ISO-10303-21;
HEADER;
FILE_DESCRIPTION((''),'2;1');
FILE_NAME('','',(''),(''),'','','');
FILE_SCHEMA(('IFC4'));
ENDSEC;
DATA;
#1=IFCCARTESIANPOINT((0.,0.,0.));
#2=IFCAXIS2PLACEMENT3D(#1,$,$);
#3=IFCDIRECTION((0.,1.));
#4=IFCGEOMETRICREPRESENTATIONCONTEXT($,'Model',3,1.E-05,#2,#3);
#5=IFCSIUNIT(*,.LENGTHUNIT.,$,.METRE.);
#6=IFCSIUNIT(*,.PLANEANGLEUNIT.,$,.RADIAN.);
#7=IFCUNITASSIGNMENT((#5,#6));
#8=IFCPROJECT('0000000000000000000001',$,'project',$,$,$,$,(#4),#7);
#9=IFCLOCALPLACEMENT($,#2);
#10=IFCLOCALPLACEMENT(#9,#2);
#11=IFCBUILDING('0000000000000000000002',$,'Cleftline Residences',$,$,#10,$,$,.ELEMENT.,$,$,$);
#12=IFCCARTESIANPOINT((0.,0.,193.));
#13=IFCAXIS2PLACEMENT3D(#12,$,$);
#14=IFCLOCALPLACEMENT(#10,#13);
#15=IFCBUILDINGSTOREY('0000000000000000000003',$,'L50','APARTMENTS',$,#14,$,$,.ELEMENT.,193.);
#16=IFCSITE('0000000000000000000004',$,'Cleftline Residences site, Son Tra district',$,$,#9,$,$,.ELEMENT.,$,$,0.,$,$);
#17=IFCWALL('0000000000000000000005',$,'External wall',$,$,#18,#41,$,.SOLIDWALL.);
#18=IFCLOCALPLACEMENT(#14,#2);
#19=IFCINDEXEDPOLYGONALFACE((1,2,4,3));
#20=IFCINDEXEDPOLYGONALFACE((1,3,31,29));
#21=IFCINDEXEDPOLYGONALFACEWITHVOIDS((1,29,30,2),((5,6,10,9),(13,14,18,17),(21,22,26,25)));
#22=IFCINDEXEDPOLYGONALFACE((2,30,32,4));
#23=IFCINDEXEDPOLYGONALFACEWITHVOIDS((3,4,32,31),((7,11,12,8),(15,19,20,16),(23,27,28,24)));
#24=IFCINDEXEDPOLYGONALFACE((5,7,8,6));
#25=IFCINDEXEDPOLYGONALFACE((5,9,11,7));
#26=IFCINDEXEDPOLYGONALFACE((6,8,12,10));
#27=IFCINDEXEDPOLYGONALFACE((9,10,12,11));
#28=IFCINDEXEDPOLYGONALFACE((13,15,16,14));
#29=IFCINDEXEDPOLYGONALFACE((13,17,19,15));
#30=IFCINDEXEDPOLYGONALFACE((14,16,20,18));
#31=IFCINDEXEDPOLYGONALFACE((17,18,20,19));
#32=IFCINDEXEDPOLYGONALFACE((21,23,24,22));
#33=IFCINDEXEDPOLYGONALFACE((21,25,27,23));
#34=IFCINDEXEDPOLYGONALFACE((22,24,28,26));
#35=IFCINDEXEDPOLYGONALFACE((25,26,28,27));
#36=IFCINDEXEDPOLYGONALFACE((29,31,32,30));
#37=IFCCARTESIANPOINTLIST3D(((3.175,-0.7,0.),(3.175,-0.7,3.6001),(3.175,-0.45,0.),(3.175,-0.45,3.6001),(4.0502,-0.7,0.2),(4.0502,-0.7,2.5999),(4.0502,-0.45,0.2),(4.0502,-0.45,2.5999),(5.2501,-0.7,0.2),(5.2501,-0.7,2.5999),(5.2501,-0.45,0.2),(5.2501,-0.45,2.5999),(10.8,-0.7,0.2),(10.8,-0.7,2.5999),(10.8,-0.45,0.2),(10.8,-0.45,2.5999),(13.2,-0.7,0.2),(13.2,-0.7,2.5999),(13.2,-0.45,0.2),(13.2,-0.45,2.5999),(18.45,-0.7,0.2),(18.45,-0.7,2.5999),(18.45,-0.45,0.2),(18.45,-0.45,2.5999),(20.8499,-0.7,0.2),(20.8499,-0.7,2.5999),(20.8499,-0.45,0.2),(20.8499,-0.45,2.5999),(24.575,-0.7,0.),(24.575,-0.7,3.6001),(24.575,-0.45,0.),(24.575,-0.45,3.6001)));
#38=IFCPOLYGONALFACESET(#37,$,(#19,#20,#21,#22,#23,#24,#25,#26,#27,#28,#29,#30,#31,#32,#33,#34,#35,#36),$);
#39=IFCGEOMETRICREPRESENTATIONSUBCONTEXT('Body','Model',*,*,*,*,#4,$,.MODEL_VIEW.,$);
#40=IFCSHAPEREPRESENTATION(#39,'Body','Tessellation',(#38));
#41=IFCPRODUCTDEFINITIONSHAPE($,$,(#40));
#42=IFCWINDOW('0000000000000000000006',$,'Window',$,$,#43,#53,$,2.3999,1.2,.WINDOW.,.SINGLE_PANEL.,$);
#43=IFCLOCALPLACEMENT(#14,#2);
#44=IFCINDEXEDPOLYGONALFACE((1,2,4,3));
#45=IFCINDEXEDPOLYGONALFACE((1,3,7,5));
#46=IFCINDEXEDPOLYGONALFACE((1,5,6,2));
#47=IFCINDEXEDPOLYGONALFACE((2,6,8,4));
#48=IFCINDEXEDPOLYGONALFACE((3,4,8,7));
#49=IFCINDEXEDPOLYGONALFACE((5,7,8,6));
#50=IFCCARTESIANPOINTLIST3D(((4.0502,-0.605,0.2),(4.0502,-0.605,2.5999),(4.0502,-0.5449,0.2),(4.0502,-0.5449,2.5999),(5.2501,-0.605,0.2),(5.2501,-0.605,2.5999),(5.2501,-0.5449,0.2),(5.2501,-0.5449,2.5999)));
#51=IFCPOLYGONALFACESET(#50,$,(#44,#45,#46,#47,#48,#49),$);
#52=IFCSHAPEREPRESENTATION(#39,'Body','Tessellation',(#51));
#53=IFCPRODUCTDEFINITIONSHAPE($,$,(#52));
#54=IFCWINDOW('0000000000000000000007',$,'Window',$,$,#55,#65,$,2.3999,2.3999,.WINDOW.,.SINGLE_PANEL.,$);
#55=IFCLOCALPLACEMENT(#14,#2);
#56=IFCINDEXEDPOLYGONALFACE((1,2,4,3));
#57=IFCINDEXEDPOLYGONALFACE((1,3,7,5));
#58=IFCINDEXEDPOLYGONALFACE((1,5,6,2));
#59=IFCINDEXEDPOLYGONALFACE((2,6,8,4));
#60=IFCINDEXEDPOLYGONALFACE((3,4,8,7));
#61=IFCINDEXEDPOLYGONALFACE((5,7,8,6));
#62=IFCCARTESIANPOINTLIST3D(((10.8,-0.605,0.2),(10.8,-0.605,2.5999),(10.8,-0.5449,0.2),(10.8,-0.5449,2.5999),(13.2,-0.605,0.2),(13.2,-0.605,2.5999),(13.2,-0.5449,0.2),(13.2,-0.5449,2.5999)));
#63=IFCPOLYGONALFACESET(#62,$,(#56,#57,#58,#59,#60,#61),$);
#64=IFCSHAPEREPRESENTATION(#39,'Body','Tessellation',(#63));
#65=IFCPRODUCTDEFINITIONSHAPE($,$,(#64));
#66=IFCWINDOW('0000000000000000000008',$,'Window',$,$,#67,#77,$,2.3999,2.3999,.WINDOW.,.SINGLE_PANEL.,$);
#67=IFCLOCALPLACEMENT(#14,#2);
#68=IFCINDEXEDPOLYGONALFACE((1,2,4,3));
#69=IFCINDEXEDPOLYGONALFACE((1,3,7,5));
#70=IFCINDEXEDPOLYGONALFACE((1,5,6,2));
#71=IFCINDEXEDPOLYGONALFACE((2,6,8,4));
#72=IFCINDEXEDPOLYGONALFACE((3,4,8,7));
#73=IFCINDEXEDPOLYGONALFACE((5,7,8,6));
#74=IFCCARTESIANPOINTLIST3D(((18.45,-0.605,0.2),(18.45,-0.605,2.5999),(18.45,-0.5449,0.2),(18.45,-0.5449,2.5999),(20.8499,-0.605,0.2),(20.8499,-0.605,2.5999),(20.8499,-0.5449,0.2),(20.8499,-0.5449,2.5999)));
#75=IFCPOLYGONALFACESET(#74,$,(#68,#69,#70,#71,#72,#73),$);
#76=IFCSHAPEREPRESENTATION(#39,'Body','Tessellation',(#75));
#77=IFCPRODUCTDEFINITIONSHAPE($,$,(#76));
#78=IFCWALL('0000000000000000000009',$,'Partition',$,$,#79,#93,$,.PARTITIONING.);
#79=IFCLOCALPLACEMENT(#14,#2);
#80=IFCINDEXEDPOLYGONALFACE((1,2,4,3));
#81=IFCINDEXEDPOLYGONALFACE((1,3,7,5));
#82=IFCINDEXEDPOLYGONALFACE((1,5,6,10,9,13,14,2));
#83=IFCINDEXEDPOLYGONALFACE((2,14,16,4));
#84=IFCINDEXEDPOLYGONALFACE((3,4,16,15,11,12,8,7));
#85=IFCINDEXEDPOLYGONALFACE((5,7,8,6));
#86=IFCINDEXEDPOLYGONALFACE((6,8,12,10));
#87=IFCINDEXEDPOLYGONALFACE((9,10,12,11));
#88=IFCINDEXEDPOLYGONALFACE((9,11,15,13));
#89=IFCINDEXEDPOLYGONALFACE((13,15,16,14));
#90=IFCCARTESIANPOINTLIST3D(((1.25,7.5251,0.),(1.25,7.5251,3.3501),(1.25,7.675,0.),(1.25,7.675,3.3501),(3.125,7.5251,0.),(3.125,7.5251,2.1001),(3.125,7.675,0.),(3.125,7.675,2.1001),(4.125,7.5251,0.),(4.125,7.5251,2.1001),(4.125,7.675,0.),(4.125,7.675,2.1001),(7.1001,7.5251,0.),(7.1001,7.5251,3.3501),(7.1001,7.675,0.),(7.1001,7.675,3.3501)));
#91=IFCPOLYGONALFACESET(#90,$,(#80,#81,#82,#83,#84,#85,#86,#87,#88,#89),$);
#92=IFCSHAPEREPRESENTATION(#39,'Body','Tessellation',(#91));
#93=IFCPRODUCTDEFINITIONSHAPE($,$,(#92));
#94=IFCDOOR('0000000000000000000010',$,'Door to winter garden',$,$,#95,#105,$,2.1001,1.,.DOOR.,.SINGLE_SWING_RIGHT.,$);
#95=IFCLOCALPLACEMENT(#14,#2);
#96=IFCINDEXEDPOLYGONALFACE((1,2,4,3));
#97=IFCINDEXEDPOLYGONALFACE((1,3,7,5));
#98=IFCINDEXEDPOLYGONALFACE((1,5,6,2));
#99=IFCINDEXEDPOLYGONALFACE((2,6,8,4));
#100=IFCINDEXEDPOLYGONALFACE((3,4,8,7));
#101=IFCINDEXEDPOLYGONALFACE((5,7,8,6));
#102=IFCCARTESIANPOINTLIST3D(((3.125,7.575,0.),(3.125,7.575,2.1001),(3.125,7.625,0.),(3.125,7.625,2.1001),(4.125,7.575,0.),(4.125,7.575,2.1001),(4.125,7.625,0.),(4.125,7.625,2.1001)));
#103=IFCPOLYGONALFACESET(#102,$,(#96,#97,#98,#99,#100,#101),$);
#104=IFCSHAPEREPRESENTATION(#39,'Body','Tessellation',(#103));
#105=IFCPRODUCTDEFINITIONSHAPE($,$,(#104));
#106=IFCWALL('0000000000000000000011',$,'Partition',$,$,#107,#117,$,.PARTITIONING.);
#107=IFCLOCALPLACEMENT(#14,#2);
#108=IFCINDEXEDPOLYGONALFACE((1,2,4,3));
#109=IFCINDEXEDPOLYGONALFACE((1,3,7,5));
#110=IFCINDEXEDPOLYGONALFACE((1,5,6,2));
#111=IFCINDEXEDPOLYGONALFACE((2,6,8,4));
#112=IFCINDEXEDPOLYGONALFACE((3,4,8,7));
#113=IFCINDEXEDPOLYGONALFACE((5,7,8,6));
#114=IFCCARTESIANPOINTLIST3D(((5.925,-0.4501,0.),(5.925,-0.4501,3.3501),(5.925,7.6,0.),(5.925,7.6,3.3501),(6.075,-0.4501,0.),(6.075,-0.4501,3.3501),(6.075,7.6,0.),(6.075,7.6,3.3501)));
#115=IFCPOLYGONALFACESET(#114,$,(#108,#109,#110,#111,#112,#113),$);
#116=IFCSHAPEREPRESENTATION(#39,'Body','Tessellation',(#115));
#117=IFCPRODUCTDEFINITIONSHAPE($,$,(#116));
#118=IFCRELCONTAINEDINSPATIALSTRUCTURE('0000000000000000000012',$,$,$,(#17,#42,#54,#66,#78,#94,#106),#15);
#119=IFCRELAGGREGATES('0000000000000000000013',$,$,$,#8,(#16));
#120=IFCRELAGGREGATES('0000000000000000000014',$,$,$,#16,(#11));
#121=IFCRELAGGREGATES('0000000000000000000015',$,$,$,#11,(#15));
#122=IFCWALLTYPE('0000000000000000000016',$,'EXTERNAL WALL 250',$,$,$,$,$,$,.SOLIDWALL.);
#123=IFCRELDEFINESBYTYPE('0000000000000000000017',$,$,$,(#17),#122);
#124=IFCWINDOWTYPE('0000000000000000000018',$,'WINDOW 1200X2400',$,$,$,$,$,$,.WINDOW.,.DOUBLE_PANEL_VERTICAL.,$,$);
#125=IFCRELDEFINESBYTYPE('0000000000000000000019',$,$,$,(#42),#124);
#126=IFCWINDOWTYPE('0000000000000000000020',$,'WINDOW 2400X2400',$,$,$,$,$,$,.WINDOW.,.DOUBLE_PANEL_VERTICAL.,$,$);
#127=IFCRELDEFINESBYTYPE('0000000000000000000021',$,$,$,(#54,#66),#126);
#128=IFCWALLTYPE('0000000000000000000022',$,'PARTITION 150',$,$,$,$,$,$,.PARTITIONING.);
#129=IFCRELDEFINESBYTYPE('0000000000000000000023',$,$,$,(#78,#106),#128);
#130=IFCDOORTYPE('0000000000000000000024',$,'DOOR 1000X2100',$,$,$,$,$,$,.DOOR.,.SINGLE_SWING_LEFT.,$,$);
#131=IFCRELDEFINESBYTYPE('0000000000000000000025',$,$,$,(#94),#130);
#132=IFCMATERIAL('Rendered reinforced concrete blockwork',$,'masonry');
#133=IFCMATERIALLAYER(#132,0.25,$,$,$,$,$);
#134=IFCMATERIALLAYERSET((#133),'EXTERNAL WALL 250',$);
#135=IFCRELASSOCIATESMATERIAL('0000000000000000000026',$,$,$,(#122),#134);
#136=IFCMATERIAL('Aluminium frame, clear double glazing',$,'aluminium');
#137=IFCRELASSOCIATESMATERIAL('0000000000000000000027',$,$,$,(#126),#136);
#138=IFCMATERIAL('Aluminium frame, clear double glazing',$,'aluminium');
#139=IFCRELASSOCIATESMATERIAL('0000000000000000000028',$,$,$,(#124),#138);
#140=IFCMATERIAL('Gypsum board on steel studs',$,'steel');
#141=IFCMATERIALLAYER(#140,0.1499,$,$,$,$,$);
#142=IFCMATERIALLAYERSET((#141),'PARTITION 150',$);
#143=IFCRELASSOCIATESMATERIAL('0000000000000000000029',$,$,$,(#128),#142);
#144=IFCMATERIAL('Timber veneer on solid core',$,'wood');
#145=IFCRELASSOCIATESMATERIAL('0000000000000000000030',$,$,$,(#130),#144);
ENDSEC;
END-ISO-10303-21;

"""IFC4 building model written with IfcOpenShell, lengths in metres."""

from ifc_helpers import new_model, si_unit, direction, frame, frame_2d, origin, place, context, subcontext, project, spatial, rectangle, extrude, material, layer, layer_set, type_object, element, fill, save


model = new_model("IFC4")

# Units and contexts
model_context = context("Model", 3, precision=1e-05, world=origin(), true_north=direction((0.0, 1.0)))
body_context = subcontext(model_context, "Body", "Model", "MODEL_VIEW")
ifc_project = project(units=[si_unit("LENGTHUNIT", "METRE"), si_unit("PLANEANGLEUNIT", "RADIAN")], contexts=[model_context])

# Site, building, storey
site_placement = place(None, origin())
site = spatial("IfcSite", under=ifc_project, at=site_placement, Name="Cleftline Residences site, Son Tra district", CompositionType="ELEMENT", RefElevation=0.0)
building_placement = place(site_placement, origin())
building = spatial("IfcBuilding", under=site, at=building_placement, Name="Cleftline Residences", CompositionType="ELEMENT")
storey_placement = place(building_placement, frame((0.0, 0.0, 193.0)))
storey = spatial("IfcBuildingStorey", under=building, at=storey_placement, Name="L50", Description="APARTMENTS", CompositionType="ELEMENT", Elevation=193.0)

# Shared definitions
ifc_material_1 = material(Name="Rendered reinforced concrete blockwork", Category="masonry")
ifc_layer_1 = layer(ifc_material_1, 0.25)
ifc_layer_set_1 = layer_set([ifc_layer_1], Name="EXTERNAL WALL 250")
wall_type_1 = type_object("IfcWallType", Name="EXTERNAL WALL 250", PredefinedType="SOLIDWALL", material=ifc_layer_set_1)
ifc_material_2 = material(Name="Aluminium frame, clear double glazing", Category="aluminium")
window_type_1 = type_object("IfcWindowType", Name="WINDOW 2400X2400", PartitioningType="DOUBLE_PANEL_VERTICAL", PredefinedType="WINDOW", material=ifc_material_2)

# Wall, openings, windows
wall_1_placement = place(storey_placement, frame((3.175, -0.575, 0.0), z_axis=(0.0, 0.0, 1.0), x_axis=(1.0, 0.0, 0.0)))
wall_1 = element("IfcWall", 1, at=wall_1_placement, inside=storey, type_object=wall_type_1, Name="External wall", PredefinedType="SOLIDWALL", context=body_context, shape_type="SweptSolid", body=[
    extrude(rectangle(XDim=21.3999, YDim=0.25, at=frame_2d((10.7, 0.0))), origin(), (0.0, 0.0, 1.0), 3.6001),
])
opening_1_placement = place(wall_1_placement, frame((0.875, 0.0, 0.2)))
opening_1 = element("IfcOpeningElement", 2, at=opening_1_placement, cuts=wall_1, PredefinedType="OPENING", context=body_context, shape_type="SweptSolid", body=[
    extrude(rectangle(XDim=1.2, YDim=2.3999, at=frame_2d((0.6001, 1.2))), frame((0.0, 0.135, 0.0), z_axis=(0.0, -1.0, 0.0), x_axis=(1.0, 0.0, 0.0)), (0.0, 0.0, 1.0), 0.27),
])
opening_2_placement = place(wall_1_placement, frame((7.625, 0.0, 0.2)))
opening_2 = element("IfcOpeningElement", 3, at=opening_2_placement, cuts=wall_1, PredefinedType="OPENING", context=body_context, shape_type="SweptSolid", body=[
    extrude(rectangle(XDim=2.3999, YDim=2.3999, at=frame_2d((1.2, 1.2))), frame((0.0, 0.135, 0.0), z_axis=(0.0, -1.0, 0.0), x_axis=(1.0, 0.0, 0.0)), (0.0, 0.0, 1.0), 0.27),
])
opening_3_placement = place(wall_1_placement, frame((15.2749, 0.0, 0.2)))
opening_3 = element("IfcOpeningElement", 4, at=opening_3_placement, cuts=wall_1, PredefinedType="OPENING", context=body_context, shape_type="SweptSolid", body=[
    extrude(rectangle(XDim=2.3999, YDim=2.3999, at=frame_2d((1.2, 1.2))), frame((0.0, 0.135, 0.0), z_axis=(0.0, -1.0, 0.0), x_axis=(1.0, 0.0, 0.0)), (0.0, 0.0, 1.0), 0.27),
])
ifc_material_3 = material(Name="Aluminium frame, clear double glazing", Category="aluminium")
window_type_2 = type_object("IfcWindowType", Name="WINDOW 1200X2400", PartitioningType="DOUBLE_PANEL_VERTICAL", PredefinedType="WINDOW", material=ifc_material_3)
window_1_placement = place(opening_1_placement, origin())
window_1 = element("IfcWindow", 5, at=window_1_placement, inside=storey, type_object=window_type_2, Name="Window", OverallHeight=2.3999, OverallWidth=1.2, PartitioningType="SINGLE_PANEL", PredefinedType="WINDOW", context=body_context, shape_type="SweptSolid", body=[
    extrude(rectangle(XDim=1.2, YDim=2.3999, at=frame_2d((0.6001, 1.2))), frame((0.0, 0.03, 0.0), z_axis=(0.0, -1.0, 0.0), x_axis=(1.0, 0.0, 0.0)), (0.0, 0.0, 1.0), 0.0601),
])
fill(opening_1, window_1)
window_2_placement = place(opening_2_placement, origin())
window_2 = element("IfcWindow", 6, at=window_2_placement, inside=storey, type_object=window_type_1, Name="Window", OverallHeight=2.3999, OverallWidth=2.3999, PartitioningType="SINGLE_PANEL", PredefinedType="WINDOW", context=body_context, shape_type="SweptSolid", body=[
    extrude(rectangle(XDim=2.3999, YDim=2.3999, at=frame_2d((1.2, 1.2))), frame((0.0, 0.03, 0.0), z_axis=(0.0, -1.0, 0.0), x_axis=(1.0, 0.0, 0.0)), (0.0, 0.0, 1.0), 0.0601),
])
fill(opening_2, window_2)
window_3_placement = place(opening_3_placement, origin())
window_3 = element("IfcWindow", 7, at=window_3_placement, inside=storey, type_object=window_type_1, Name="Window", OverallHeight=2.3999, OverallWidth=2.3999, PartitioningType="SINGLE_PANEL", PredefinedType="WINDOW", context=body_context, shape_type="SweptSolid", body=[
    extrude(rectangle(XDim=2.3999, YDim=2.3999, at=frame_2d((1.2, 1.2))), frame((0.0, 0.03, 0.0), z_axis=(0.0, -1.0, 0.0), x_axis=(1.0, 0.0, 0.0)), (0.0, 0.0, 1.0), 0.0601),
])
fill(opening_3, window_3)

# Wall, opening, door
ifc_material_4 = material(Name="Gypsum board on steel studs", Category="steel")
ifc_layer_2 = layer(ifc_material_4, 0.1499)
ifc_layer_set_2 = layer_set([ifc_layer_2], Name="PARTITION 150")
wall_type_2 = type_object("IfcWallType", Name="PARTITION 150", PredefinedType="PARTITIONING", material=ifc_layer_set_2)
wall_2_placement = place(storey_placement, frame((1.25, 7.6001, 0.0), z_axis=(0.0, 0.0, 1.0), x_axis=(1.0, 0.0, 0.0)))
wall_2 = element("IfcWall", 8, at=wall_2_placement, inside=storey, type_object=wall_type_2, Name="Partition", PredefinedType="PARTITIONING", context=body_context, shape_type="SweptSolid", body=[
    extrude(rectangle(XDim=5.8501, YDim=0.1499, at=frame_2d((2.925, 0.0))), origin(), (0.0, 0.0, 1.0), 3.3501),
])
opening_4_placement = place(wall_2_placement, frame((1.875, 0.0, 0.0)))
opening_4 = element("IfcOpeningElement", 9, at=opening_4_placement, cuts=wall_2, PredefinedType="OPENING", context=body_context, shape_type="SweptSolid", body=[
    extrude(rectangle(XDim=1.0, YDim=2.1001, at=frame_2d((0.5, 1.05))), frame((0.0, 0.085, 0.0), z_axis=(0.0, -1.0, 0.0), x_axis=(1.0, 0.0, 0.0)), (0.0, 0.0, 1.0), 0.1699),
])
ifc_material_5 = material(Name="Timber veneer on solid core", Category="wood")
door_type = type_object("IfcDoorType", Name="DOOR 1000X2100", OperationType="SINGLE_SWING_LEFT", PredefinedType="DOOR", material=ifc_material_5)
door_placement = place(opening_4_placement, origin())
door = element("IfcDoor", 10, at=door_placement, inside=storey, type_object=door_type, Name="Door to winter garden", OperationType="SINGLE_SWING_RIGHT", OverallHeight=2.1001, OverallWidth=1.0, PredefinedType="DOOR", context=body_context, shape_type="SweptSolid", body=[
    extrude(rectangle(XDim=1.0, YDim=2.1001, at=frame_2d((0.5, 1.05))), frame((0.0, 0.0249, 0.0), z_axis=(0.0, -1.0, 0.0), x_axis=(1.0, 0.0, 0.0)), (0.0, 0.0, 1.0), 0.05),
])
fill(opening_4, door)

# Wall
wall_3_placement = place(storey_placement, frame((6.0, -0.45, 0.0), z_axis=(0.0, 0.0, 1.0), x_axis=(0.0, 1.0, 0.0)))
element("IfcWall", 11, at=wall_3_placement, inside=storey, type_object=wall_type_2, Name="Partition", PredefinedType="PARTITIONING", context=body_context, shape_type="SweptSolid", body=[
    extrude(rectangle(XDim=8.05, YDim=0.1499, at=frame_2d((4.0249, 0.0))), origin(), (0.0, 0.0, 1.0), 3.3501),
])

save(model, "model.ifc")
